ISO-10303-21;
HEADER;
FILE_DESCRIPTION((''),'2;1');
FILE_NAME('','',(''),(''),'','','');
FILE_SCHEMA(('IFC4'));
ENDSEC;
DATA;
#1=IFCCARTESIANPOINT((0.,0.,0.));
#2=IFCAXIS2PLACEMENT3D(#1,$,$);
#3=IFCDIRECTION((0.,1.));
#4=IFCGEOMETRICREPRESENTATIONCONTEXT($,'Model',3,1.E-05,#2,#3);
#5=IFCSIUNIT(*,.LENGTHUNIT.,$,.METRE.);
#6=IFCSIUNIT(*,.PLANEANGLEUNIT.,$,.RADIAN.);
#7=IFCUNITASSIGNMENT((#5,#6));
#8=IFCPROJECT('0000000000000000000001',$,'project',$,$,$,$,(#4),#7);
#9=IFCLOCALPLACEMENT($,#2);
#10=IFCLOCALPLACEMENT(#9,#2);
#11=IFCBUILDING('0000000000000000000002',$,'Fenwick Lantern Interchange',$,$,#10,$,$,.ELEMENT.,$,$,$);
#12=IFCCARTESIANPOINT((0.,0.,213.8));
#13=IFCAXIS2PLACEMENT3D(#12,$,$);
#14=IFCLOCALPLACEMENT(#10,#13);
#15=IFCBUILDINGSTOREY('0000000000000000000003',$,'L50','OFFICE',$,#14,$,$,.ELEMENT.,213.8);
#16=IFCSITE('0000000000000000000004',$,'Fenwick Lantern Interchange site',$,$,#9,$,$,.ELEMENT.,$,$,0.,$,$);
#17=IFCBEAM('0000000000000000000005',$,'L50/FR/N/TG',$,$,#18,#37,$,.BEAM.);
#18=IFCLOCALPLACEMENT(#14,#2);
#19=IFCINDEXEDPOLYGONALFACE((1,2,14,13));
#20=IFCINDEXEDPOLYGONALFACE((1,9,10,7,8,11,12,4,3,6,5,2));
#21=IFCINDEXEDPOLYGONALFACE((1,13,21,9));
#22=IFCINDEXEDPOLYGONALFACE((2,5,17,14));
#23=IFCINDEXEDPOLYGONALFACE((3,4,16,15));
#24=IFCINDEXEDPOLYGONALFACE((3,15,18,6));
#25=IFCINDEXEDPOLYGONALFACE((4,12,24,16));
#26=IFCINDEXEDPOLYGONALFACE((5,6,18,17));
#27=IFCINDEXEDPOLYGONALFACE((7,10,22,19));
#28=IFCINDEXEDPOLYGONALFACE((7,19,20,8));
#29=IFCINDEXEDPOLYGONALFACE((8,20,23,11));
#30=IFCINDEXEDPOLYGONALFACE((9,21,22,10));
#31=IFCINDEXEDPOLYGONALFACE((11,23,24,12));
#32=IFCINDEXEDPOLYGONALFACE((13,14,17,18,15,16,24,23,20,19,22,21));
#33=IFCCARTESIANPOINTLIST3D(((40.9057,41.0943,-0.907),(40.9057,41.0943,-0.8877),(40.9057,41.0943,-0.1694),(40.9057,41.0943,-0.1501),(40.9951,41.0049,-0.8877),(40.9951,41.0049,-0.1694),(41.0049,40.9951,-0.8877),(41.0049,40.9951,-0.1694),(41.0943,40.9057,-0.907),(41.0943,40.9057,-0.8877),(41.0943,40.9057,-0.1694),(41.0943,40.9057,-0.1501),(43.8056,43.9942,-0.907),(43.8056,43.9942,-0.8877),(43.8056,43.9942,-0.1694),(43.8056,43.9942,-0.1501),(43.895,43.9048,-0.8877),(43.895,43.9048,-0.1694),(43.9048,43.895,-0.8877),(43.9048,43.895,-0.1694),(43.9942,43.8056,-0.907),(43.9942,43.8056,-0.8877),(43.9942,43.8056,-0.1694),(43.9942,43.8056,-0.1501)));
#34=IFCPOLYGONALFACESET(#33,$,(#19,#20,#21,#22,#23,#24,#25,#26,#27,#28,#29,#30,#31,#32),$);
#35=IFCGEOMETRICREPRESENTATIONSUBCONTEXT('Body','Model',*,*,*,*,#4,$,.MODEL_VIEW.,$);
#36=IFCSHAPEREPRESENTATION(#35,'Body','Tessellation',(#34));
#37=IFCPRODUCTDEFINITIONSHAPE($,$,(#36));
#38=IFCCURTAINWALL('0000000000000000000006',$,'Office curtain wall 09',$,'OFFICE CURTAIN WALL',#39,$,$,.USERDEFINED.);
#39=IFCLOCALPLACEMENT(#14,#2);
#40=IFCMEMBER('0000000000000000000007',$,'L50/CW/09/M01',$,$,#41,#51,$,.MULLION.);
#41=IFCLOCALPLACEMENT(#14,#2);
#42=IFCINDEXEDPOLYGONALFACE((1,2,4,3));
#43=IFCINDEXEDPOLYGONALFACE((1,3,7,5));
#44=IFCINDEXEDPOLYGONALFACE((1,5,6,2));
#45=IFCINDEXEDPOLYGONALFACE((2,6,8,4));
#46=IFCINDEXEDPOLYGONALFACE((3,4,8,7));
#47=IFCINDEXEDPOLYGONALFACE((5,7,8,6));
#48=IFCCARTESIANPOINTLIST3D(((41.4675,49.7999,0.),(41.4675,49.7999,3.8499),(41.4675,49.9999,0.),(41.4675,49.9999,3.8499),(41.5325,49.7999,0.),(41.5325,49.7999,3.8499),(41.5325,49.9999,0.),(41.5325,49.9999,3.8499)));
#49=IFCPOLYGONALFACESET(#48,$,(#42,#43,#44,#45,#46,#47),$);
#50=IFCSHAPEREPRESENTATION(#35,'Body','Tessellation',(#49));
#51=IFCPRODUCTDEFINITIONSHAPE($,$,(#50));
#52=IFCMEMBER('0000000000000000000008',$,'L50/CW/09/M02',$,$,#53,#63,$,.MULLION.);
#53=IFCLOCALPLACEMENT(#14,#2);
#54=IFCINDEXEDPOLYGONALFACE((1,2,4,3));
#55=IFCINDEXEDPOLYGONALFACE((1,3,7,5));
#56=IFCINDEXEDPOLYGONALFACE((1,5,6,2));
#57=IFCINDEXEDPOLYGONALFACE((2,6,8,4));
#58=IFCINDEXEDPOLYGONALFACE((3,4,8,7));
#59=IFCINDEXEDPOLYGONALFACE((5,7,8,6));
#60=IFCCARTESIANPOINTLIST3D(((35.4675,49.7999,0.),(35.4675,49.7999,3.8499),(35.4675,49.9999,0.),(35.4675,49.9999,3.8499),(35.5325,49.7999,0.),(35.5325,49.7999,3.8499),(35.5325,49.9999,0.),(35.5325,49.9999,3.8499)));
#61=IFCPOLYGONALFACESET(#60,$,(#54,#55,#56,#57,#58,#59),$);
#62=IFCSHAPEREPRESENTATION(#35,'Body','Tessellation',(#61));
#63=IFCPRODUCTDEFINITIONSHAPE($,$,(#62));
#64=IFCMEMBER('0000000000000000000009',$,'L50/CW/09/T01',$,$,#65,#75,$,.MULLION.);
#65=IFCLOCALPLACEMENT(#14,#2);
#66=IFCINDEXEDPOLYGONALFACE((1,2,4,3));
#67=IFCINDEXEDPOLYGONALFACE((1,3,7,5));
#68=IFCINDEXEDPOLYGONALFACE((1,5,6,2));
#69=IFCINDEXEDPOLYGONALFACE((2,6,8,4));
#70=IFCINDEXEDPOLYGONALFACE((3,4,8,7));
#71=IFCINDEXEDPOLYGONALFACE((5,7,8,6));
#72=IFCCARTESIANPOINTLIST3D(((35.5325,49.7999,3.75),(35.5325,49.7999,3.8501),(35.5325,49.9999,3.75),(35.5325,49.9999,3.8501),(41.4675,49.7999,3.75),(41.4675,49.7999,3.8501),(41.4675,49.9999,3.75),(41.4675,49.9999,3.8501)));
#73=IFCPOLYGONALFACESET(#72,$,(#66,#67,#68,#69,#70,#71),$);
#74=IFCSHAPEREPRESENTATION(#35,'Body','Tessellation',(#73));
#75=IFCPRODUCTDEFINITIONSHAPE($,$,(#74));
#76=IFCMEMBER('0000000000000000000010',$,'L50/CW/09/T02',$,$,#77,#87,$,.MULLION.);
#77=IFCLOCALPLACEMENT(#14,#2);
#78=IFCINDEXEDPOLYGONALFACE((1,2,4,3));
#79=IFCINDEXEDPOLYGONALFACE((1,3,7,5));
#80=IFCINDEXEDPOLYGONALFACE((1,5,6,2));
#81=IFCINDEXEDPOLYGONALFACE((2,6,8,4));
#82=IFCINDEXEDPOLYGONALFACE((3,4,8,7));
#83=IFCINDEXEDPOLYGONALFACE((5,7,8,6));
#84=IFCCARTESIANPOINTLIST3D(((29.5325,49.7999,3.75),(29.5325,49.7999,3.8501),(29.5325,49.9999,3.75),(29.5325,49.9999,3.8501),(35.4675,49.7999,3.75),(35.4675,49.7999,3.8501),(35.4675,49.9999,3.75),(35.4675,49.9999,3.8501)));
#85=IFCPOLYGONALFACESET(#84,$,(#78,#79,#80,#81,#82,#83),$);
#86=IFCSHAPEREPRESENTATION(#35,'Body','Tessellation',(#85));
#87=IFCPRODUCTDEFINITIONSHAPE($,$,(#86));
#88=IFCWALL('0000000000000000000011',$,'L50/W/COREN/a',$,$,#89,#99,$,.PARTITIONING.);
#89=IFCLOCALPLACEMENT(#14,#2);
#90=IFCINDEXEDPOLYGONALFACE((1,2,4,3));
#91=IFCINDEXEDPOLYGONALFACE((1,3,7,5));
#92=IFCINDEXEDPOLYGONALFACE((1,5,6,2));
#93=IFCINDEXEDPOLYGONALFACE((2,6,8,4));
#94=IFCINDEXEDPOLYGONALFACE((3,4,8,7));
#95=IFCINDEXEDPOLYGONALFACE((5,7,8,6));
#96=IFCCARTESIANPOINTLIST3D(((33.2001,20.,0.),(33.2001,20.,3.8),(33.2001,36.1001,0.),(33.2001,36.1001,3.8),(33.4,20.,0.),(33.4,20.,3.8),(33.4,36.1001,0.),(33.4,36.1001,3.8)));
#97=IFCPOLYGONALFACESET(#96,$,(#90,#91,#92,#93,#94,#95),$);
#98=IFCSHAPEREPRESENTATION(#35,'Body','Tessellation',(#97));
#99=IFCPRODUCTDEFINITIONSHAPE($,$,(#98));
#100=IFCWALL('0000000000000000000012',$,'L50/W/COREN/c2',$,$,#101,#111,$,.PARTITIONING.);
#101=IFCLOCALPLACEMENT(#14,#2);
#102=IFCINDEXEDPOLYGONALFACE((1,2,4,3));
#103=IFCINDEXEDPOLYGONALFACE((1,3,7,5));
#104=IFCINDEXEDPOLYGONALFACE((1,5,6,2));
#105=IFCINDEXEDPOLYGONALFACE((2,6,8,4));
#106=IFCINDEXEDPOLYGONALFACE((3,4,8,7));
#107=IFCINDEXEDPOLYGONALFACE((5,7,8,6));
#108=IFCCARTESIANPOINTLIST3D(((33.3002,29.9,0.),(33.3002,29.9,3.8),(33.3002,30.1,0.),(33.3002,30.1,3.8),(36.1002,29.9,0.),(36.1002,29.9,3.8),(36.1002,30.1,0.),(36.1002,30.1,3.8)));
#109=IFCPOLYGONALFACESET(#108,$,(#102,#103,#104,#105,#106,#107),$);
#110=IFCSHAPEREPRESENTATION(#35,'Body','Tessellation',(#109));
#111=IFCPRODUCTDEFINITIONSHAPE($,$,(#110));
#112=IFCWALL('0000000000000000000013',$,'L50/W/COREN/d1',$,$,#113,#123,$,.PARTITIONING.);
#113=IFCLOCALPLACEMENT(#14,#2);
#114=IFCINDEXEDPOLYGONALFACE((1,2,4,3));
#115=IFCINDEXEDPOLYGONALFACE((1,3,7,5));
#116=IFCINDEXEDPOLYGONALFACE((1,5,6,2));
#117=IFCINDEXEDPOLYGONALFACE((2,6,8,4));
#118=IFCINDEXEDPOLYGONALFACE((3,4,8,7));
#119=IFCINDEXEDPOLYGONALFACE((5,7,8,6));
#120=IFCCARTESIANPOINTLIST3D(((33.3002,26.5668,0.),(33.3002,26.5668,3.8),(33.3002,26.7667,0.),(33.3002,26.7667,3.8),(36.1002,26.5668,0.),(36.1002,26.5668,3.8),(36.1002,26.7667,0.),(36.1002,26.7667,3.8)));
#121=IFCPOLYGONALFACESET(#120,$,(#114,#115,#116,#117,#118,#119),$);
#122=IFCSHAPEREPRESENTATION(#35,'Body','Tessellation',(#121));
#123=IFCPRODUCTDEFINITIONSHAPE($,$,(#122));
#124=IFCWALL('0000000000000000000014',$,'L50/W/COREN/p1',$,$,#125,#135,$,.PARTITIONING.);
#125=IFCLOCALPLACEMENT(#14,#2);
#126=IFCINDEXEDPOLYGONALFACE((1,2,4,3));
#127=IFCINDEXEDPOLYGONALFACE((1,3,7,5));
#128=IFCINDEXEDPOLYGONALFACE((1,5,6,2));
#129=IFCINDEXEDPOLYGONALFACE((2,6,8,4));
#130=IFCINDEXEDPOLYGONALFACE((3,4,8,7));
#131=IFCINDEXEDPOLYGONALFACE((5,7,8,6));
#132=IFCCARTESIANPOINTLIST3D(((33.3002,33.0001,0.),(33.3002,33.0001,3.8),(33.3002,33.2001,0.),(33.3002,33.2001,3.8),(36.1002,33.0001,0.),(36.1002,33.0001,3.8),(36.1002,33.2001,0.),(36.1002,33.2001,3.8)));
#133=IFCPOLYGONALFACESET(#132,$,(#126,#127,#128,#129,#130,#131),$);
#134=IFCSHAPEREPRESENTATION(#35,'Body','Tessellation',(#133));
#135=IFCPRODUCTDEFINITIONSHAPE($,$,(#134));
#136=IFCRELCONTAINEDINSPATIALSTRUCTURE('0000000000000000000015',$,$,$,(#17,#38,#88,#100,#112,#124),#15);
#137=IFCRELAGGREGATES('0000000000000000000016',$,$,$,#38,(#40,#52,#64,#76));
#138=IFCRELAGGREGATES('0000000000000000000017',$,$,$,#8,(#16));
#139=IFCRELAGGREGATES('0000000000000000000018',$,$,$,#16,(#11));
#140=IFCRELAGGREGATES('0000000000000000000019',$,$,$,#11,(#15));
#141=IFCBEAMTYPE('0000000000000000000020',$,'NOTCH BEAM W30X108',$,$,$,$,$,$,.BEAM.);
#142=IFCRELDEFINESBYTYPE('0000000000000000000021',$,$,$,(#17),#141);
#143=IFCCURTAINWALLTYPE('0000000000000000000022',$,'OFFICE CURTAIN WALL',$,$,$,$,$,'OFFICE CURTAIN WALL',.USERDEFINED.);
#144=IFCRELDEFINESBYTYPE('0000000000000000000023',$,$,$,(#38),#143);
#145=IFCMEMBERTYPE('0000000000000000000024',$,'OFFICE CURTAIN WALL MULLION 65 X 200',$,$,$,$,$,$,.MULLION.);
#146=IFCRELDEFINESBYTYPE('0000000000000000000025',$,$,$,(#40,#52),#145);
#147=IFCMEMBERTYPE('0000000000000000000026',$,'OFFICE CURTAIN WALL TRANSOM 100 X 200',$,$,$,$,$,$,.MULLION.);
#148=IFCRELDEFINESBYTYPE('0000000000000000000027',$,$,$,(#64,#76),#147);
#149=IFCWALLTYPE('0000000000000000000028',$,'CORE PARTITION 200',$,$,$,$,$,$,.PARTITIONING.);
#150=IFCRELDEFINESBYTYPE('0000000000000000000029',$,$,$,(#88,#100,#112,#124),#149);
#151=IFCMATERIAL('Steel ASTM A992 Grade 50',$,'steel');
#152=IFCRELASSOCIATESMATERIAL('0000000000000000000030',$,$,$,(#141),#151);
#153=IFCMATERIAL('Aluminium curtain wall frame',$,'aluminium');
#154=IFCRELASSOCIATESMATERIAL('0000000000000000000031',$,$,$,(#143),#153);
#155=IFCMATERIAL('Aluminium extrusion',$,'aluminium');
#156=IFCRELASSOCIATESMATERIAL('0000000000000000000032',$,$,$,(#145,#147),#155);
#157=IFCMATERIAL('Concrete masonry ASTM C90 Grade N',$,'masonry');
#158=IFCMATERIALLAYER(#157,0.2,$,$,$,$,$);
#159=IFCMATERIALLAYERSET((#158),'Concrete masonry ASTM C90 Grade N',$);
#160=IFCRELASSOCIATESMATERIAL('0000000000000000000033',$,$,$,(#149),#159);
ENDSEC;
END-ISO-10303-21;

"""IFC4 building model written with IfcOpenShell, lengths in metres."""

from ifc_helpers import new_model, si_unit, direction, frame, frame_2d, origin, origin_2d, place, context, subcontext, project, spatial, rectangle, i_section, extrude, material, layer, layer_set, material_profile, profile_set, type_object, element, aggregate, save


model = new_model("IFC4")

# Units and contexts
model_context = context("Model", 3, precision=1e-05, world=origin(), true_north=direction((0.0, 1.0)))
body_context = subcontext(model_context, "Body", "Model", "MODEL_VIEW")
ifc_project = project(units=[si_unit("LENGTHUNIT", "METRE"), si_unit("PLANEANGLEUNIT", "RADIAN")], contexts=[model_context])

# Site, building, storey
site_placement = place(None, origin())
site = spatial("IfcSite", under=ifc_project, at=site_placement, Name="Fenwick Lantern Interchange site", CompositionType="ELEMENT", RefElevation=0.0)
building_placement = place(site_placement, origin())
building = spatial("IfcBuilding", under=site, at=building_placement, Name="Fenwick Lantern Interchange", CompositionType="ELEMENT")
storey_placement = place(building_placement, frame((0.0, 0.0, 213.8)))
storey = spatial("IfcBuildingStorey", under=building, at=storey_placement, Name="L50", Description="OFFICE", CompositionType="ELEMENT", Elevation=213.8)

# Shared definitions
ifc_material_1 = material(Name="Steel ASTM A992 Grade 50", Category="steel")

# Beam
ifc_material_profile_1 = material_profile(ifc_material_1, i_section(OverallWidth=0.2666, OverallDepth=0.7568, WebThickness=0.0139, FlangeThickness=0.0193, at=origin_2d()), Name="W30X108")
ifc_profile_set_1 = profile_set([ifc_material_profile_1], Name="Steel ASTM A992 Grade 50")
beam_type_1 = type_object("IfcBeamType", Name="NOTCH BEAM W30X108", PredefinedType="BEAM", material=ifc_profile_set_1)
beam_1_placement = place(storey_placement, frame((41.0, 41.0, -0.5286), z_axis=(0.707107, 0.707107, 0.0), x_axis=(-0.707107, 0.707107, 0.0)))
element("IfcBeam", 1, at=beam_1_placement, inside=storey, type_object=beam_type_1, Name="L50/FR/N/TG", PredefinedType="BEAM", context=body_context, shape_type="SweptSolid", body=[
    extrude(i_section(OverallWidth=0.2666, OverallDepth=0.7568, WebThickness=0.0139, FlangeThickness=0.0193, at=origin_2d()), origin(), (0.0, 0.0, 1.0), 4.1011),
])

# Curtain wall, members
ifc_material_2 = material(Name="Aluminium curtain wall frame", Category="aluminium")
curtain_wall_type = type_object("IfcCurtainWallType", Name="OFFICE CURTAIN WALL", ElementType="OFFICE CURTAIN WALL", PredefinedType="USERDEFINED", material=ifc_material_2)
curtain_wall_placement = place(storey_placement, origin())
curtain_wall = element("IfcCurtainWall", 2, at=curtain_wall_placement, inside=storey, type_object=curtain_wall_type, Name="Office curtain wall 09", ObjectType="OFFICE CURTAIN WALL", PredefinedType="USERDEFINED")
ifc_material_3 = material(Name="Aluminium extrusion", Category="aluminium")
ifc_material_profile_2 = material_profile(ifc_material_3, rectangle(XDim=0.2, YDim=0.0649, at=origin_2d()), Name="OFFICE CURTAIN WALL MULLION 65 X 200")
ifc_profile_set_2 = profile_set([ifc_material_profile_2], Name="Aluminium extrusion")
member_type_1 = type_object("IfcMemberType", Name="OFFICE CURTAIN WALL MULLION 65 X 200", PredefinedType="MULLION", material=ifc_profile_set_2)
member_1_placement = place(storey_placement, frame((41.5, 49.8999, 0.0), z_axis=(0.0, 0.0, 1.0), x_axis=(0.0, -1.0, 0.0)))
member_1 = element("IfcMember", 3, at=member_1_placement, type_object=member_type_1, Name="L50/CW/09/M01", PredefinedType="MULLION", context=body_context, shape_type="SweptSolid", body=[
    extrude(rectangle(XDim=0.2, YDim=0.0649, at=origin_2d()), origin(), (0.0, 0.0, 1.0), 3.8499),
])
member_2_placement = place(storey_placement, frame((35.5, 49.8999, 0.0), z_axis=(0.0, 0.0, 1.0), x_axis=(0.0, -1.0, 0.0)))
member_2 = element("IfcMember", 4, at=member_2_placement, type_object=member_type_1, Name="L50/CW/09/M02", PredefinedType="MULLION", context=body_context, shape_type="SweptSolid", body=[
    extrude(rectangle(XDim=0.2, YDim=0.0649, at=origin_2d()), origin(), (0.0, 0.0, 1.0), 3.8499),
])
ifc_material_profile_3 = material_profile(ifc_material_3, rectangle(XDim=0.2, YDim=0.1001, at=origin_2d()), Name="OFFICE CURTAIN WALL TRANSOM 100 X 200")
ifc_profile_set_3 = profile_set([ifc_material_profile_3], Name="Aluminium extrusion")
member_type_2 = type_object("IfcMemberType", Name="OFFICE CURTAIN WALL TRANSOM 100 X 200", PredefinedType="MULLION", material=ifc_profile_set_3)
member_3_placement = place(storey_placement, frame((41.4675, 49.8999, 3.8), z_axis=(-1.0, 0.0, 0.0), x_axis=(0.0, -1.0, 0.0)))
member_3 = element("IfcMember", 5, at=member_3_placement, type_object=member_type_2, Name="L50/CW/09/T01", PredefinedType="MULLION", context=body_context, shape_type="SweptSolid", body=[
    extrude(rectangle(XDim=0.2, YDim=0.1001, at=origin_2d()), origin(), (0.0, 0.0, 1.0), 5.9351),
])
member_4_placement = place(storey_placement, frame((35.4675, 49.8999, 3.8), z_axis=(-1.0, 0.0, 0.0), x_axis=(0.0, -1.0, 0.0)))
member_4 = element("IfcMember", 6, at=member_4_placement, type_object=member_type_2, Name="L50/CW/09/T02", PredefinedType="MULLION", context=body_context, shape_type="SweptSolid", body=[
    extrude(rectangle(XDim=0.2, YDim=0.1001, at=origin_2d()), origin(), (0.0, 0.0, 1.0), 5.9351),
])
aggregate(curtain_wall, [member_1, member_2, member_3, member_4])

# Walls
ifc_material_4 = material(Name="Concrete masonry ASTM C90 Grade N", Category="masonry")
ifc_layer_1 = layer(ifc_material_4, 0.2)
ifc_layer_set_1 = layer_set([ifc_layer_1], Name="Concrete masonry ASTM C90 Grade N")
wall_type_1 = type_object("IfcWallType", Name="CORE PARTITION 200", PredefinedType="PARTITIONING", material=ifc_layer_set_1)
wall_1_placement = place(storey_placement, frame((33.3, 36.1001, 0.0), z_axis=(0.0, 0.0, 1.0), x_axis=(0.0, -1.0, 0.0)))
element("IfcWall", 7, at=wall_1_placement, inside=storey, type_object=wall_type_1, Name="L50/W/COREN/a", PredefinedType="PARTITIONING", context=body_context, shape_type="SweptSolid", body=[
    extrude(rectangle(XDim=16.1001, YDim=0.2, at=frame_2d((8.05, 0.0))), origin(), (0.0, 0.0, 1.0), 3.8),
])
for number, where, z_axis, x_axis, name in (
    (8, (36.1001, 30.0, 0.0), (0.0, 0.0, 1.0), (-1.0, 0.0, 0.0), "L50/W/COREN/c2"),
    (9, (36.1001, 26.6667, 0.0), (0.0, 0.0, 1.0), (-1.0, 0.0, 0.0), "L50/W/COREN/d1"),
    (10, (36.1001, 33.1001, 0.0), (0.0, 0.0, 1.0), (-1.0, 0.0, 0.0), "L50/W/COREN/p1"),
):
    element("IfcWall", number, at=place(storey_placement, frame(where, z_axis=z_axis, x_axis=x_axis)), inside=storey, type_object=wall_type_1, Name=name, PredefinedType="PARTITIONING", context=body_context, shape_type="SweptSolid", body=[
        extrude(rectangle(XDim=2.8, YDim=0.2, at=frame_2d((1.3999, 0.0))), origin(), (0.0, 0.0, 1.0), 3.8),
    ])

save(model, "model.ifc")
